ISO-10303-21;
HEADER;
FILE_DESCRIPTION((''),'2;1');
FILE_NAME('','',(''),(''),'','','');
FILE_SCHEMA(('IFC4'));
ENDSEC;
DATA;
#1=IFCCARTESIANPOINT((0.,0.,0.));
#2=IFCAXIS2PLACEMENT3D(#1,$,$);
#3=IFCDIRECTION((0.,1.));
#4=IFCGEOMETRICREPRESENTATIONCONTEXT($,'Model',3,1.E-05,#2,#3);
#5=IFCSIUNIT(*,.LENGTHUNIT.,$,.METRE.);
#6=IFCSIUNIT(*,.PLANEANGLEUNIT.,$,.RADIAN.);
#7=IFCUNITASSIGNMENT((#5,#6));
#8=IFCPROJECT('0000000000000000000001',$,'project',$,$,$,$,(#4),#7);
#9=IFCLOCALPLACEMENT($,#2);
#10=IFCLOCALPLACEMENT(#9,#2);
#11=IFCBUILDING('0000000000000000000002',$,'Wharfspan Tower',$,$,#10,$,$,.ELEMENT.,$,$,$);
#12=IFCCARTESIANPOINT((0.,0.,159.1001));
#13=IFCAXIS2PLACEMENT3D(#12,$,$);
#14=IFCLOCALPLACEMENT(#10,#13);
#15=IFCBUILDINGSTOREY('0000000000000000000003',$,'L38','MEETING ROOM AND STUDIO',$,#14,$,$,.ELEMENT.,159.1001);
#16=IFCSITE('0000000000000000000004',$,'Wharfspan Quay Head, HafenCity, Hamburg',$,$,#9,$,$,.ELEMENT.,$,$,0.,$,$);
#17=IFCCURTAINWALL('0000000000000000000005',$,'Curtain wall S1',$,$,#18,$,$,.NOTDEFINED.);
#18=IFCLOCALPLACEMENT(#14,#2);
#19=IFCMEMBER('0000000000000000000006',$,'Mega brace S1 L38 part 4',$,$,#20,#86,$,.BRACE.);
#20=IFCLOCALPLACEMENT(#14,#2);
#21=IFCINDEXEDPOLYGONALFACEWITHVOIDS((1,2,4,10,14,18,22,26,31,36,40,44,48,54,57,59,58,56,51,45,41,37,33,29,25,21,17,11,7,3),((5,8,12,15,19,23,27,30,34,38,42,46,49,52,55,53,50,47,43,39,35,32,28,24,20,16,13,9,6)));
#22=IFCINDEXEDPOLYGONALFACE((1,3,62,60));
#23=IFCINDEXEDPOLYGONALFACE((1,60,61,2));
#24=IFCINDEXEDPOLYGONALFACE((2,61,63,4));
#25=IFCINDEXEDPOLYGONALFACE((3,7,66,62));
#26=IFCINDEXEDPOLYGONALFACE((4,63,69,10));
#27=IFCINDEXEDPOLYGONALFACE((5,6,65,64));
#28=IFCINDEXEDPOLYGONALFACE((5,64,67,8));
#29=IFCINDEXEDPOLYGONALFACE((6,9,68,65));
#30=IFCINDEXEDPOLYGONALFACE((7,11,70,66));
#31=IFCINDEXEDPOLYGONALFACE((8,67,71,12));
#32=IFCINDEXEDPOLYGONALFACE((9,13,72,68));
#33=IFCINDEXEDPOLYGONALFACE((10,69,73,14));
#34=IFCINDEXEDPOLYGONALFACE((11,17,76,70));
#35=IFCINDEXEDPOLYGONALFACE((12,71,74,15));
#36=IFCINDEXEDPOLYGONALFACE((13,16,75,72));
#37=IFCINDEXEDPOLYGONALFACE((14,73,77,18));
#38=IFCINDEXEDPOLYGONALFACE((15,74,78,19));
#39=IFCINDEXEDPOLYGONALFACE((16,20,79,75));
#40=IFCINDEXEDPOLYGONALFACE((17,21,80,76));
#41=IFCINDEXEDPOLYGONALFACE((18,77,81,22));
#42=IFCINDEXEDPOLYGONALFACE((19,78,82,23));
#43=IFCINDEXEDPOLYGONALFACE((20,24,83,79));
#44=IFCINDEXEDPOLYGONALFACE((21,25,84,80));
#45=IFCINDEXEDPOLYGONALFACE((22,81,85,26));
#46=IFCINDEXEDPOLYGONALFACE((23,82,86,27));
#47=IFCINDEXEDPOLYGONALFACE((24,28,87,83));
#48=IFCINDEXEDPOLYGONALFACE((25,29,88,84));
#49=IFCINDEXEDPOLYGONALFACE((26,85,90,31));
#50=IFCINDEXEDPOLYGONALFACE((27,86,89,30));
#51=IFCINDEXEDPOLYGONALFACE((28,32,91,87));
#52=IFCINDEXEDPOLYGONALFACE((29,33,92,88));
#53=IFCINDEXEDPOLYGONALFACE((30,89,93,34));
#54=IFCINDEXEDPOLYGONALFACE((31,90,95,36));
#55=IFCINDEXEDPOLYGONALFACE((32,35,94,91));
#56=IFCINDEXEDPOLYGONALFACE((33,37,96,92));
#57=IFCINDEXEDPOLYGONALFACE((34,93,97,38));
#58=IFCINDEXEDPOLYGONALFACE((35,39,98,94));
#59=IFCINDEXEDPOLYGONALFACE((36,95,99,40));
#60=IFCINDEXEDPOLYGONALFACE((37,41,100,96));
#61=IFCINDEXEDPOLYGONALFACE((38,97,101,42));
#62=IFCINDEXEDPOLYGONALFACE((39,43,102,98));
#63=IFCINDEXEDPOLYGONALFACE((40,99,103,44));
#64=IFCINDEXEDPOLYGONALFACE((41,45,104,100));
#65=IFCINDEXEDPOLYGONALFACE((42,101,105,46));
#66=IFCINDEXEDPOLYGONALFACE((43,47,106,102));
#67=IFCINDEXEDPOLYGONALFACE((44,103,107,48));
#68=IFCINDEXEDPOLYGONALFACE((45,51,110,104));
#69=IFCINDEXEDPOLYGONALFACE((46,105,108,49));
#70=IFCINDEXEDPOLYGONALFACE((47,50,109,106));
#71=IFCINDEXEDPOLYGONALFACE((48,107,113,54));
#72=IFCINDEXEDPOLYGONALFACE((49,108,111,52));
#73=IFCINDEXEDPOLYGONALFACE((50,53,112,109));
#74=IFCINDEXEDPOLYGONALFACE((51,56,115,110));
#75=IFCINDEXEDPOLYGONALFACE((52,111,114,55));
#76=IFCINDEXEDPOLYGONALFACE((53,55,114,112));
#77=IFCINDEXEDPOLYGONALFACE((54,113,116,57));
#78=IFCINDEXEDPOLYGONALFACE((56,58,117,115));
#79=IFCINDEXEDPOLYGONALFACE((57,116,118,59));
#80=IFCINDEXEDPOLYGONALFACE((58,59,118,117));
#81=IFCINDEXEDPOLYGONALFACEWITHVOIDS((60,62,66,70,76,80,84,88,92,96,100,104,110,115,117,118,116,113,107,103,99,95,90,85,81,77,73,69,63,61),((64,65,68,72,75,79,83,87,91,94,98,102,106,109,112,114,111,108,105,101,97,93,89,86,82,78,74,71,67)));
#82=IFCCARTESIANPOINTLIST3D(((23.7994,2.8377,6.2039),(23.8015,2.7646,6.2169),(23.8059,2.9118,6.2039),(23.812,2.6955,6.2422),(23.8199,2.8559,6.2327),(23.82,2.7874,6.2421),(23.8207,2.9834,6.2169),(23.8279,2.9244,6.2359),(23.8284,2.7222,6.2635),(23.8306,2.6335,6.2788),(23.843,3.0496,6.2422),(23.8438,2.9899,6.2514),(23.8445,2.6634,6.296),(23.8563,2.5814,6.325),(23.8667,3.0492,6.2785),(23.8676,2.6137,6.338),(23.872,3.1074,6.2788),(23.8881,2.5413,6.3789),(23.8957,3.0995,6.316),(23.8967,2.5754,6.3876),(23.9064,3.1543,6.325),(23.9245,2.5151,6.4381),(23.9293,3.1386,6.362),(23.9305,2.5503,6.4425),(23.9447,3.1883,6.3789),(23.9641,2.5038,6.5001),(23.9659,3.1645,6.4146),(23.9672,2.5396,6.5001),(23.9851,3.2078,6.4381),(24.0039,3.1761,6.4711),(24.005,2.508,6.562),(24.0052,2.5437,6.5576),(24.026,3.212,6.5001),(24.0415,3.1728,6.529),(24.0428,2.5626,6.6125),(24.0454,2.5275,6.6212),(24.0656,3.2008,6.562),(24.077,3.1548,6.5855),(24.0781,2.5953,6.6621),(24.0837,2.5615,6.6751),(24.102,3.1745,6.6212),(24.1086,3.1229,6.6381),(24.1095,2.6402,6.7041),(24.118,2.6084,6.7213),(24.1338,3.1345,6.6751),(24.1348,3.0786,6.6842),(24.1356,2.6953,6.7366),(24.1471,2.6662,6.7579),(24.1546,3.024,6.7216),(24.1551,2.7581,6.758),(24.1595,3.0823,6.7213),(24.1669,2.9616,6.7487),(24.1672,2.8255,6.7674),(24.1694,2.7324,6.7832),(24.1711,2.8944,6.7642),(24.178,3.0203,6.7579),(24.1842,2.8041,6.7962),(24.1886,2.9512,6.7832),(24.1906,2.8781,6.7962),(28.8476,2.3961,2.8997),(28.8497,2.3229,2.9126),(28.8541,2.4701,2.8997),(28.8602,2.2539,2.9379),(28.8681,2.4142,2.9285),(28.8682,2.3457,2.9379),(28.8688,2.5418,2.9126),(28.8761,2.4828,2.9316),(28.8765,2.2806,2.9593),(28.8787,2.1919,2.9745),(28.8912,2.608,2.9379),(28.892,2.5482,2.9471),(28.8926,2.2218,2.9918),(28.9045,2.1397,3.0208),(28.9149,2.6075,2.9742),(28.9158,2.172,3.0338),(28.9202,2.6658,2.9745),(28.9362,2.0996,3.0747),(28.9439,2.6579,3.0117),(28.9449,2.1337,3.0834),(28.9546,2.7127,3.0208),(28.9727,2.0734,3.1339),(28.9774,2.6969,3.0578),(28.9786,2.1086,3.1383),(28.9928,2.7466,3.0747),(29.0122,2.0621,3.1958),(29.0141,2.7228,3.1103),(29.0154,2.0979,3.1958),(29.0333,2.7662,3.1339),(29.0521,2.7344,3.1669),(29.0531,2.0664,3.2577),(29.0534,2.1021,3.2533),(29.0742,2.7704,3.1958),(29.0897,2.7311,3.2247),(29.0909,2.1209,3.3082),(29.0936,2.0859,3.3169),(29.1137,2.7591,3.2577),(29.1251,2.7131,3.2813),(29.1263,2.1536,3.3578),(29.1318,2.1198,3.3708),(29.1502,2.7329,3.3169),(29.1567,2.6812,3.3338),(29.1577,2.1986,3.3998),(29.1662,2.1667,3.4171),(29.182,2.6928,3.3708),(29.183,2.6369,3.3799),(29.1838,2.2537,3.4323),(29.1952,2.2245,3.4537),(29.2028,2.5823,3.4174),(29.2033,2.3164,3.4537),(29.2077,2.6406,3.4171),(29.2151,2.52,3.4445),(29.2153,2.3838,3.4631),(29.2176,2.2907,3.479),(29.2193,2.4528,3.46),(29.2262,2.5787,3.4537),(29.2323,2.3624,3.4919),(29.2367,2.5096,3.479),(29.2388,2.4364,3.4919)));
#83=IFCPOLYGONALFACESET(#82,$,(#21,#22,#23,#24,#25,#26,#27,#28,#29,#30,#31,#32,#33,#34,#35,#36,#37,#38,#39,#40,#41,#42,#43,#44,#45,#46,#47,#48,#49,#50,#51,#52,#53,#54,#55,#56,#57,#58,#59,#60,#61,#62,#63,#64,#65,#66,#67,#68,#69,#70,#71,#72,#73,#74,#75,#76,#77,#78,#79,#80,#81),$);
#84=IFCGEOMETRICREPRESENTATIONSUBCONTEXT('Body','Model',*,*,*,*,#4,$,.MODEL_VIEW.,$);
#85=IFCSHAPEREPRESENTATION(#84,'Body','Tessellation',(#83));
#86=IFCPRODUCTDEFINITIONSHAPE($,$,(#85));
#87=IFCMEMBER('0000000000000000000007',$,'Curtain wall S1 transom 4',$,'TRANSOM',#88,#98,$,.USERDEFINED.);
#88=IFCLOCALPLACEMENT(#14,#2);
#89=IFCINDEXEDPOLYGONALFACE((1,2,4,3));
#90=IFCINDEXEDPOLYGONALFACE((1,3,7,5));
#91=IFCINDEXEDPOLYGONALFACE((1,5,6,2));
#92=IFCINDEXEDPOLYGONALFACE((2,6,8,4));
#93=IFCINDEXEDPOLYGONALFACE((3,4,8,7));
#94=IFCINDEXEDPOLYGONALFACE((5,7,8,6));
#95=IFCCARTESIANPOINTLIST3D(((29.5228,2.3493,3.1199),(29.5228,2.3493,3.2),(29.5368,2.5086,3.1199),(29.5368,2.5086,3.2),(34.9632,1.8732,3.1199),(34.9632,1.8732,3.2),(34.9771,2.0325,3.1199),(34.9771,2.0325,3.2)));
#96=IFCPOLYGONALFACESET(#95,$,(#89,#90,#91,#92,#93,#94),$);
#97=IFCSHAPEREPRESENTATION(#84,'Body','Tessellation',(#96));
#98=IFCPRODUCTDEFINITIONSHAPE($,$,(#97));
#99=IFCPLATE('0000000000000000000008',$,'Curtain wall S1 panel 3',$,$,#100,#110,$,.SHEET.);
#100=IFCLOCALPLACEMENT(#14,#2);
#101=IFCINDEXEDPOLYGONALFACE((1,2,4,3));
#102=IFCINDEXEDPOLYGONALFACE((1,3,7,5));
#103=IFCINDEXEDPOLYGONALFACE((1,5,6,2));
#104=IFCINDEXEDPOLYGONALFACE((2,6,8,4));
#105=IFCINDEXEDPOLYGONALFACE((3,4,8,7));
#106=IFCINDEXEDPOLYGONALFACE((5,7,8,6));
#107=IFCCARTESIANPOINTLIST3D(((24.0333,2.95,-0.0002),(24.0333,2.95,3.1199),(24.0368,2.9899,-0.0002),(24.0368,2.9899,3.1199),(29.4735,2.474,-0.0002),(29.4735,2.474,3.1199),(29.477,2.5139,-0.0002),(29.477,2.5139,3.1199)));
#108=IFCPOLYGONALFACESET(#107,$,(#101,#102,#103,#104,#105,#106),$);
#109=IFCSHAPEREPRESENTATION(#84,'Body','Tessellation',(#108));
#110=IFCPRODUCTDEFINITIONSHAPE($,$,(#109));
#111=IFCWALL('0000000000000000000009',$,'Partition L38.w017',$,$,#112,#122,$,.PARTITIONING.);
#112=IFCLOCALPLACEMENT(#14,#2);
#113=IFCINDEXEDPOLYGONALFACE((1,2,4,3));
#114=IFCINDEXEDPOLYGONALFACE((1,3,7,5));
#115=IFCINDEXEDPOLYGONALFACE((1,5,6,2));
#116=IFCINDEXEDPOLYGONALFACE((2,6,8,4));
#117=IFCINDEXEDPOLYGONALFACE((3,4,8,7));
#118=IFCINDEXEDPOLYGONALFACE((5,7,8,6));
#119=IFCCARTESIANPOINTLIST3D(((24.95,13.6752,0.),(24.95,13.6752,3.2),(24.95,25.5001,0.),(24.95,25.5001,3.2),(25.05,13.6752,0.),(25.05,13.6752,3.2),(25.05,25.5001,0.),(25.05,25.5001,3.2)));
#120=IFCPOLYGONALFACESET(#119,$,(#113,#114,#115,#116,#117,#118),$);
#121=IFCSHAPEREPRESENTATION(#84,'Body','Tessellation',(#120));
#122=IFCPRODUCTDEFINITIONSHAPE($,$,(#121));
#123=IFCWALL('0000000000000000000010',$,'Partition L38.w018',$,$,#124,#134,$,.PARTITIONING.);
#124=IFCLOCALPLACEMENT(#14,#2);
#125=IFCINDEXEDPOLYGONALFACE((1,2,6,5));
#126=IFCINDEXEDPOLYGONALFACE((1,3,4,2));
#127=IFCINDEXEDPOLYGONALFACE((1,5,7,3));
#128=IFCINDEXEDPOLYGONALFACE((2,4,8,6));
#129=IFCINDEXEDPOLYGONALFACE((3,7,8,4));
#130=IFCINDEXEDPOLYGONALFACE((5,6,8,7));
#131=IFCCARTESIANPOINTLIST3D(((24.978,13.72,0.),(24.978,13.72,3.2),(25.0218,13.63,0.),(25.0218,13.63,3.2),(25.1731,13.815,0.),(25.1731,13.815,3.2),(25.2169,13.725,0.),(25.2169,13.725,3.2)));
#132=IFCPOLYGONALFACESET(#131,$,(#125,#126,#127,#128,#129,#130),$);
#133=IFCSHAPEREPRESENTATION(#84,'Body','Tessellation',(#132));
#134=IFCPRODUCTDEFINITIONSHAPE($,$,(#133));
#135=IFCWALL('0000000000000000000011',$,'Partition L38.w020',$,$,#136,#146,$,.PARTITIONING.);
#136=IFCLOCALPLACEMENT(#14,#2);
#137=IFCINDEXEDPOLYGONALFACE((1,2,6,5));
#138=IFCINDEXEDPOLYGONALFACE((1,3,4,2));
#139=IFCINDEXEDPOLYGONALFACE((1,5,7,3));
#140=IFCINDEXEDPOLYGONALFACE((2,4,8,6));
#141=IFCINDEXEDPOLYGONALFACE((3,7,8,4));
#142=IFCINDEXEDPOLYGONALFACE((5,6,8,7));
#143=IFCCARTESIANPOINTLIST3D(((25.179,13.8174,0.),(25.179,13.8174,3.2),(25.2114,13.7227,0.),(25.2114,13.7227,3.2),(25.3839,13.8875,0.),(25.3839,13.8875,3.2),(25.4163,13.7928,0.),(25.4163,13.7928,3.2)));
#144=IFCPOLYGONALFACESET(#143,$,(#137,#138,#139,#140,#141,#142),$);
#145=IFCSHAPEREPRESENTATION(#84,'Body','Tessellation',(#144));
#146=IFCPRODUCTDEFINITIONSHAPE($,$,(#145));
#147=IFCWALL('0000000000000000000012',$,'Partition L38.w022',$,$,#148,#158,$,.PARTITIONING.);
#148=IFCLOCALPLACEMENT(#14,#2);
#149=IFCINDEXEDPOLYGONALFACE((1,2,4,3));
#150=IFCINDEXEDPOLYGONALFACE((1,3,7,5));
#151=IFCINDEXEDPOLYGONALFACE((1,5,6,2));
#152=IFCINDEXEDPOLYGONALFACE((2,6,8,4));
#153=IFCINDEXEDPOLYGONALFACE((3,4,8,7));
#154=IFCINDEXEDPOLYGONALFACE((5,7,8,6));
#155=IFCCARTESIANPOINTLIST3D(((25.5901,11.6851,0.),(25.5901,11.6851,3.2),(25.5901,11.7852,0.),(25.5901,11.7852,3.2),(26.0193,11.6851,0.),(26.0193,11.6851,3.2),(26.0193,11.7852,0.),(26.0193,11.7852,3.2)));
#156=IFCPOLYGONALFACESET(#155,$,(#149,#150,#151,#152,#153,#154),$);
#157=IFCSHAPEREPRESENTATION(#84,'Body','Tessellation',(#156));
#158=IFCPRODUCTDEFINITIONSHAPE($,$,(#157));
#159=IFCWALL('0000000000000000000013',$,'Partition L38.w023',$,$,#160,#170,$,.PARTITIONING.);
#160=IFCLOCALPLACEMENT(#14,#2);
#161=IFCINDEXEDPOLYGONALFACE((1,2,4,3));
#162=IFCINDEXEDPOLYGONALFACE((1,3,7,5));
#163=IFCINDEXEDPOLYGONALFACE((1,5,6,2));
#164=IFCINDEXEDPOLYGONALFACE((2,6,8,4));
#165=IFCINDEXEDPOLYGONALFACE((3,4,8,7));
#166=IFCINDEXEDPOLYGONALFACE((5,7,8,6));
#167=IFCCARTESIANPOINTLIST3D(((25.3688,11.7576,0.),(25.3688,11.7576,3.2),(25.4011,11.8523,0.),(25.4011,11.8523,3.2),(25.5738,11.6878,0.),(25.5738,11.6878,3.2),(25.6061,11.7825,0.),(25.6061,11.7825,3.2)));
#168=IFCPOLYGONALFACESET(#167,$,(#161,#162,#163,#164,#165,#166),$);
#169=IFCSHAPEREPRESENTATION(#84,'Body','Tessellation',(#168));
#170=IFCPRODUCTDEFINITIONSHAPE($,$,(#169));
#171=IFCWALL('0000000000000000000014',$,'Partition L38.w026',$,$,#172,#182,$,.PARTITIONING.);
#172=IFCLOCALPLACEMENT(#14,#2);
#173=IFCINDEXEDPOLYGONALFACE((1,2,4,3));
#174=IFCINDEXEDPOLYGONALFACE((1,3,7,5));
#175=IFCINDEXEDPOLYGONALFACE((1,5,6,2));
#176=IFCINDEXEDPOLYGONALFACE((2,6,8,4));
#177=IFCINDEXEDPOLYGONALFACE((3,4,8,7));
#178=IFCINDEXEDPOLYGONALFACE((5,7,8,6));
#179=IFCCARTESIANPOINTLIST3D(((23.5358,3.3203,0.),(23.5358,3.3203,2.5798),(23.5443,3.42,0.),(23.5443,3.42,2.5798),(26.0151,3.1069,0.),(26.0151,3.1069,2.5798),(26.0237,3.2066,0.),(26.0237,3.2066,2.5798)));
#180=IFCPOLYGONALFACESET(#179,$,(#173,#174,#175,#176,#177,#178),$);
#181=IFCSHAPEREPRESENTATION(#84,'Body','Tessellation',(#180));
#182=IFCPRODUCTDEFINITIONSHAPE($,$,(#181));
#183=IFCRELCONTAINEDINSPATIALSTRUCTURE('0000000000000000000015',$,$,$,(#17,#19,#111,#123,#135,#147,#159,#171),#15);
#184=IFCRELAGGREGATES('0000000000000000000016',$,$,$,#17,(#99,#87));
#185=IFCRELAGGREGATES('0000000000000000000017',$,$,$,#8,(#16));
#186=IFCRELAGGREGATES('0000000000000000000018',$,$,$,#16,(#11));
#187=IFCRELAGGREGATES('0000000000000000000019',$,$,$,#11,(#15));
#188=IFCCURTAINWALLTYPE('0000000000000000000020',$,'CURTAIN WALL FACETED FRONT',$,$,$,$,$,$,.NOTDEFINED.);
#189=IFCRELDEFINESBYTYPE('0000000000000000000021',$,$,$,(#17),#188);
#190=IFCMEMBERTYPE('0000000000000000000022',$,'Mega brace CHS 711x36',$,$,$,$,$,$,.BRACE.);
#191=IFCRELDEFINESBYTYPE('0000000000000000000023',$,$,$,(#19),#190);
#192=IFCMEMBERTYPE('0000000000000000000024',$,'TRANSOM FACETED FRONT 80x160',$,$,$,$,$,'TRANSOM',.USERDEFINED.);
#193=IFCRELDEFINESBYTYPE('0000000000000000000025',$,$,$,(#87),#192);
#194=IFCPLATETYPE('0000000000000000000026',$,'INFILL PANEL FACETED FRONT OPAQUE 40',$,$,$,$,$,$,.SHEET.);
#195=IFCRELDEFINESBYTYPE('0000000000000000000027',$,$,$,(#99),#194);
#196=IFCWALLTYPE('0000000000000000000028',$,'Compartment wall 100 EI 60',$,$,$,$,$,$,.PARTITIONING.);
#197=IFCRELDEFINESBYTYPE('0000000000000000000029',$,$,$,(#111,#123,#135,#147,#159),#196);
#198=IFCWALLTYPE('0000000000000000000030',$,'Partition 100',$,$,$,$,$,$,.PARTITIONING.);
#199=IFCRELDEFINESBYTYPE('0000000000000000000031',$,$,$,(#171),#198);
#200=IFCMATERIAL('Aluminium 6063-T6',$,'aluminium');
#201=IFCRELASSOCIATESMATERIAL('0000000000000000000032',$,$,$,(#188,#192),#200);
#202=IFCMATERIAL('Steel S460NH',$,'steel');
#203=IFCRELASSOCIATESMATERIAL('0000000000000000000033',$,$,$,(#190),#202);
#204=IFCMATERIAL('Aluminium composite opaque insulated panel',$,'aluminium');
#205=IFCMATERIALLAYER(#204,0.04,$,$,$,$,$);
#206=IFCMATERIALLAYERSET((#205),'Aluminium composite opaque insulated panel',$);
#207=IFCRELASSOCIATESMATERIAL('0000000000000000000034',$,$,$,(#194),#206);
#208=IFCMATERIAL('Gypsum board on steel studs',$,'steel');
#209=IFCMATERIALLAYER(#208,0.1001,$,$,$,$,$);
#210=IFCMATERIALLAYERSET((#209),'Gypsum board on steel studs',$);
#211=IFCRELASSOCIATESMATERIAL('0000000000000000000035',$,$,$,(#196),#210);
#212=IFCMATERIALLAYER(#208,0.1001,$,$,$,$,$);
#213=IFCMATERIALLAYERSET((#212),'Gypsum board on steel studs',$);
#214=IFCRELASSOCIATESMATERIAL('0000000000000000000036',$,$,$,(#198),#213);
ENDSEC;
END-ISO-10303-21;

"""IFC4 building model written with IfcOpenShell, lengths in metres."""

from ifc_helpers import new_model, si_unit, direction, frame, frame_2d, origin, origin_2d, place, context, subcontext, project, spatial, rectangle, hollow_circle, extrude, material, layer, layer_set, material_profile, profile_set, type_object, element, aggregate, save


model = new_model("IFC4")

# Units and contexts
model_context = context("Model", 3, precision=1e-05, world=origin(), true_north=direction((0.0, 1.0)))
body_context = subcontext(model_context, "Body", "Model", "MODEL_VIEW")
ifc_project = project(units=[si_unit("LENGTHUNIT", "METRE"), si_unit("PLANEANGLEUNIT", "RADIAN")], contexts=[model_context])

# Site, building, storey
site_placement = place(None, origin())
site = spatial("IfcSite", under=ifc_project, at=site_placement, Name="Wharfspan Quay Head, HafenCity, Hamburg", CompositionType="ELEMENT", RefElevation=0.0)
building_placement = place(site_placement, origin())
building = spatial("IfcBuilding", under=site, at=building_placement, Name="Wharfspan Tower", CompositionType="ELEMENT")
storey_placement = place(building_placement, frame((0.0, 0.0, 159.1001)))
storey = spatial("IfcBuildingStorey", under=building, at=storey_placement, Name="L38", Description="MEETING ROOM AND STUDIO", CompositionType="ELEMENT", Elevation=159.1001)

# Curtain wall
ifc_material_1 = material(Name="Aluminium 6063-T6", Category="aluminium")
curtain_wall_type = type_object("IfcCurtainWallType", Name="CURTAIN WALL FACETED FRONT", PredefinedType="NOTDEFINED", material=ifc_material_1)
curtain_wall_placement = place(storey_placement, origin())
curtain_wall = element("IfcCurtainWall", 1, at=curtain_wall_placement, inside=storey, type_object=curtain_wall_type, Name="Curtain wall S1", PredefinedType="NOTDEFINED")

# Member
ifc_material_2 = material(Name="Steel S460NH", Category="steel")
ifc_material_profile_1 = material_profile(ifc_material_2, hollow_circle(Radius=0.3555, WallThickness=0.0359, at=origin_2d()))
ifc_profile_set_1 = profile_set([ifc_material_profile_1], Name="Steel S460NH")
member_type_1 = type_object("IfcMemberType", Name="Mega brace CHS 711x36", PredefinedType="BRACE", material=ifc_profile_set_1)
for number, where, z_axis, x_axis, name in (
    (2, (29.0432, 2.4163, 3.1958), (-0.834469, 0.073006, 0.546197), (-0.087156, -0.996198, -0.000001), "Mega brace S1 L38 part 4"),
):
    element("IfcMember", number, at=place(storey_placement, frame(where, z_axis=z_axis, x_axis=x_axis)), inside=storey, type_object=member_type_1, Name=name, PredefinedType="BRACE", context=body_context, shape_type="SweptSolid", body=[
        extrude(hollow_circle(Radius=0.3555, WallThickness=0.0359, at=origin_2d()), origin(), (0.0, 0.0, 1.0), 6.0496),
    ])

# Member
ifc_material_profile_2 = material_profile(ifc_material_1, rectangle(XDim=0.1599, YDim=0.0801, at=origin_2d()))
ifc_profile_set_2 = profile_set([ifc_material_profile_2], Name="Aluminium 6063-T6")
member_type_2 = type_object("IfcMemberType", Name="TRANSOM FACETED FRONT 80x160", ElementType="TRANSOM", PredefinedType="USERDEFINED", material=ifc_profile_set_2)
member_1_placement = place(storey_placement, frame((29.5298, 2.429, 3.1599), z_axis=(0.996193, -0.087174, 0.0), x_axis=(0.087174, 0.996193, 0.0)))
member_1 = element("IfcMember", 3, at=member_1_placement, type_object=member_type_2, Name="Curtain wall S1 transom 4", ObjectType="TRANSOM", PredefinedType="USERDEFINED", context=body_context, shape_type="SweptSolid", body=[
    extrude(rectangle(XDim=0.1599, YDim=0.0801, at=origin_2d()), origin(), (0.0, 0.0, 1.0), 5.4612),
])

# Plate
ifc_material_3 = material(Name="Aluminium composite opaque insulated panel", Category="aluminium")
ifc_layer_1 = layer(ifc_material_3, 0.04)
ifc_layer_set_1 = layer_set([ifc_layer_1], Name="Aluminium composite opaque insulated panel")
plate_type = type_object("IfcPlateType", Name="INFILL PANEL FACETED FRONT OPAQUE 40", PredefinedType="SHEET", material=ifc_layer_set_1)
plate_placement = place(storey_placement, frame((26.7551, 2.7319, -0.0002), z_axis=(0.0, 0.0, 1.0), x_axis=(0.996198, -0.087156, 0.0)))
plate = element("IfcPlate", 4, at=plate_placement, type_object=plate_type, Name="Curtain wall S1 panel 3", PredefinedType="SHEET", context=body_context, shape_type="SweptSolid", body=[
    extrude(rectangle(XDim=5.4609, YDim=0.04, at=origin_2d()), origin(), (0.0, 0.0, 1.0), 3.1201),
])
aggregate(curtain_wall, [plate, member_1])

# Walls
ifc_material_4 = material(Name="Gypsum board on steel studs", Category="steel")
ifc_layer_2 = layer(ifc_material_4, 0.1001)
ifc_layer_set_2 = layer_set([ifc_layer_2], Name="Gypsum board on steel studs")
wall_type_1 = type_object("IfcWallType", Name="Compartment wall 100 EI 60", PredefinedType="PARTITIONING", material=ifc_layer_set_2)
wall_1_placement = place(storey_placement, frame((25.0, 13.675, 0.0), z_axis=(0.0, 0.0, 1.0), x_axis=(0.0, 1.0, 0.0)))
element("IfcWall", 5, at=wall_1_placement, inside=storey, type_object=wall_type_1, Name="Partition L38.w017", PredefinedType="PARTITIONING", context=body_context, shape_type="SweptSolid", body=[
    extrude(rectangle(XDim=11.825, YDim=0.1001, at=frame_2d((5.9126, 0.0))), origin(), (0.0, 0.0, 1.0), 3.2),
])
wall_2_placement = place(storey_placement, frame((25.0, 13.675, 0.0), z_axis=(0.0, 0.0, 1.0), x_axis=(0.899103, 0.437736, 0.0)))
element("IfcWall", 6, at=wall_2_placement, inside=storey, type_object=wall_type_1, Name="Partition L38.w018", PredefinedType="PARTITIONING", context=body_context, shape_type="SweptSolid", body=[
    extrude(rectangle(XDim=0.217, YDim=0.1001, at=frame_2d((0.1084, 0.0))), origin(), (0.0, 0.0, 1.0), 3.2),
])
wall_3_placement = place(storey_placement, frame((25.1951, 13.77, 0.0), z_axis=(0.0, 0.0, 1.0), x_axis=(0.94617, 0.32366, 0.0)))
element("IfcWall", 7, at=wall_3_placement, inside=storey, type_object=wall_type_1, Name="Partition L38.w020", PredefinedType="PARTITIONING", context=body_context, shape_type="SweptSolid", body=[
    extrude(rectangle(XDim=0.2166, YDim=0.1001, at=frame_2d((0.1084, 0.0))), origin(), (0.0, 0.0, 1.0), 3.2),
])
wall_4_placement = place(storey_placement, frame((25.5901, 11.7351, 0.0), z_axis=(0.0, 0.0, 1.0), x_axis=(1.0, 0.0, 0.0)))
element("IfcWall", 8, at=wall_4_placement, inside=storey, type_object=wall_type_1, Name="Partition L38.w022", PredefinedType="PARTITIONING", context=body_context, shape_type="SweptSolid", body=[
    extrude(rectangle(XDim=0.4292, YDim=0.1001, at=frame_2d((0.2146, 0.0))), origin(), (0.0, 0.0, 1.0), 3.2),
])
wall_5_placement = place(storey_placement, frame((25.5901, 11.7351, 0.0), z_axis=(0.0, 0.0, 1.0), x_axis=(-0.946633, 0.322306, 0.0)))
element("IfcWall", 9, at=wall_5_placement, inside=storey, type_object=wall_type_1, Name="Partition L38.w023", PredefinedType="PARTITIONING", context=body_context, shape_type="SweptSolid", body=[
    extrude(rectangle(XDim=0.2166, YDim=0.1001, at=frame_2d((0.1084, 0.0))), origin(), (0.0, 0.0, 1.0), 3.2),
])
ifc_layer_3 = layer(ifc_material_4, 0.1001)
ifc_layer_set_3 = layer_set([ifc_layer_3], Name="Gypsum board on steel studs")
wall_type_2 = type_object("IfcWallType", Name="Partition 100", PredefinedType="PARTITIONING", material=ifc_layer_set_3)
wall_6_placement = place(storey_placement, frame((26.0193, 3.1567, 0.0), z_axis=(0.0, 0.0, 1.0), x_axis=(-0.996317, 0.085749, 0.0)))
element("IfcWall", 10, at=wall_6_placement, inside=storey, type_object=wall_type_2, Name="Partition L38.w026", PredefinedType="PARTITIONING", context=body_context, shape_type="SweptSolid", body=[
    extrude(rectangle(XDim=2.4885, YDim=0.1001, at=frame_2d((1.2441, 0.0))), origin(), (0.0, 0.0, 1.0), 2.5798),
])

save(model, "model.ifc")
